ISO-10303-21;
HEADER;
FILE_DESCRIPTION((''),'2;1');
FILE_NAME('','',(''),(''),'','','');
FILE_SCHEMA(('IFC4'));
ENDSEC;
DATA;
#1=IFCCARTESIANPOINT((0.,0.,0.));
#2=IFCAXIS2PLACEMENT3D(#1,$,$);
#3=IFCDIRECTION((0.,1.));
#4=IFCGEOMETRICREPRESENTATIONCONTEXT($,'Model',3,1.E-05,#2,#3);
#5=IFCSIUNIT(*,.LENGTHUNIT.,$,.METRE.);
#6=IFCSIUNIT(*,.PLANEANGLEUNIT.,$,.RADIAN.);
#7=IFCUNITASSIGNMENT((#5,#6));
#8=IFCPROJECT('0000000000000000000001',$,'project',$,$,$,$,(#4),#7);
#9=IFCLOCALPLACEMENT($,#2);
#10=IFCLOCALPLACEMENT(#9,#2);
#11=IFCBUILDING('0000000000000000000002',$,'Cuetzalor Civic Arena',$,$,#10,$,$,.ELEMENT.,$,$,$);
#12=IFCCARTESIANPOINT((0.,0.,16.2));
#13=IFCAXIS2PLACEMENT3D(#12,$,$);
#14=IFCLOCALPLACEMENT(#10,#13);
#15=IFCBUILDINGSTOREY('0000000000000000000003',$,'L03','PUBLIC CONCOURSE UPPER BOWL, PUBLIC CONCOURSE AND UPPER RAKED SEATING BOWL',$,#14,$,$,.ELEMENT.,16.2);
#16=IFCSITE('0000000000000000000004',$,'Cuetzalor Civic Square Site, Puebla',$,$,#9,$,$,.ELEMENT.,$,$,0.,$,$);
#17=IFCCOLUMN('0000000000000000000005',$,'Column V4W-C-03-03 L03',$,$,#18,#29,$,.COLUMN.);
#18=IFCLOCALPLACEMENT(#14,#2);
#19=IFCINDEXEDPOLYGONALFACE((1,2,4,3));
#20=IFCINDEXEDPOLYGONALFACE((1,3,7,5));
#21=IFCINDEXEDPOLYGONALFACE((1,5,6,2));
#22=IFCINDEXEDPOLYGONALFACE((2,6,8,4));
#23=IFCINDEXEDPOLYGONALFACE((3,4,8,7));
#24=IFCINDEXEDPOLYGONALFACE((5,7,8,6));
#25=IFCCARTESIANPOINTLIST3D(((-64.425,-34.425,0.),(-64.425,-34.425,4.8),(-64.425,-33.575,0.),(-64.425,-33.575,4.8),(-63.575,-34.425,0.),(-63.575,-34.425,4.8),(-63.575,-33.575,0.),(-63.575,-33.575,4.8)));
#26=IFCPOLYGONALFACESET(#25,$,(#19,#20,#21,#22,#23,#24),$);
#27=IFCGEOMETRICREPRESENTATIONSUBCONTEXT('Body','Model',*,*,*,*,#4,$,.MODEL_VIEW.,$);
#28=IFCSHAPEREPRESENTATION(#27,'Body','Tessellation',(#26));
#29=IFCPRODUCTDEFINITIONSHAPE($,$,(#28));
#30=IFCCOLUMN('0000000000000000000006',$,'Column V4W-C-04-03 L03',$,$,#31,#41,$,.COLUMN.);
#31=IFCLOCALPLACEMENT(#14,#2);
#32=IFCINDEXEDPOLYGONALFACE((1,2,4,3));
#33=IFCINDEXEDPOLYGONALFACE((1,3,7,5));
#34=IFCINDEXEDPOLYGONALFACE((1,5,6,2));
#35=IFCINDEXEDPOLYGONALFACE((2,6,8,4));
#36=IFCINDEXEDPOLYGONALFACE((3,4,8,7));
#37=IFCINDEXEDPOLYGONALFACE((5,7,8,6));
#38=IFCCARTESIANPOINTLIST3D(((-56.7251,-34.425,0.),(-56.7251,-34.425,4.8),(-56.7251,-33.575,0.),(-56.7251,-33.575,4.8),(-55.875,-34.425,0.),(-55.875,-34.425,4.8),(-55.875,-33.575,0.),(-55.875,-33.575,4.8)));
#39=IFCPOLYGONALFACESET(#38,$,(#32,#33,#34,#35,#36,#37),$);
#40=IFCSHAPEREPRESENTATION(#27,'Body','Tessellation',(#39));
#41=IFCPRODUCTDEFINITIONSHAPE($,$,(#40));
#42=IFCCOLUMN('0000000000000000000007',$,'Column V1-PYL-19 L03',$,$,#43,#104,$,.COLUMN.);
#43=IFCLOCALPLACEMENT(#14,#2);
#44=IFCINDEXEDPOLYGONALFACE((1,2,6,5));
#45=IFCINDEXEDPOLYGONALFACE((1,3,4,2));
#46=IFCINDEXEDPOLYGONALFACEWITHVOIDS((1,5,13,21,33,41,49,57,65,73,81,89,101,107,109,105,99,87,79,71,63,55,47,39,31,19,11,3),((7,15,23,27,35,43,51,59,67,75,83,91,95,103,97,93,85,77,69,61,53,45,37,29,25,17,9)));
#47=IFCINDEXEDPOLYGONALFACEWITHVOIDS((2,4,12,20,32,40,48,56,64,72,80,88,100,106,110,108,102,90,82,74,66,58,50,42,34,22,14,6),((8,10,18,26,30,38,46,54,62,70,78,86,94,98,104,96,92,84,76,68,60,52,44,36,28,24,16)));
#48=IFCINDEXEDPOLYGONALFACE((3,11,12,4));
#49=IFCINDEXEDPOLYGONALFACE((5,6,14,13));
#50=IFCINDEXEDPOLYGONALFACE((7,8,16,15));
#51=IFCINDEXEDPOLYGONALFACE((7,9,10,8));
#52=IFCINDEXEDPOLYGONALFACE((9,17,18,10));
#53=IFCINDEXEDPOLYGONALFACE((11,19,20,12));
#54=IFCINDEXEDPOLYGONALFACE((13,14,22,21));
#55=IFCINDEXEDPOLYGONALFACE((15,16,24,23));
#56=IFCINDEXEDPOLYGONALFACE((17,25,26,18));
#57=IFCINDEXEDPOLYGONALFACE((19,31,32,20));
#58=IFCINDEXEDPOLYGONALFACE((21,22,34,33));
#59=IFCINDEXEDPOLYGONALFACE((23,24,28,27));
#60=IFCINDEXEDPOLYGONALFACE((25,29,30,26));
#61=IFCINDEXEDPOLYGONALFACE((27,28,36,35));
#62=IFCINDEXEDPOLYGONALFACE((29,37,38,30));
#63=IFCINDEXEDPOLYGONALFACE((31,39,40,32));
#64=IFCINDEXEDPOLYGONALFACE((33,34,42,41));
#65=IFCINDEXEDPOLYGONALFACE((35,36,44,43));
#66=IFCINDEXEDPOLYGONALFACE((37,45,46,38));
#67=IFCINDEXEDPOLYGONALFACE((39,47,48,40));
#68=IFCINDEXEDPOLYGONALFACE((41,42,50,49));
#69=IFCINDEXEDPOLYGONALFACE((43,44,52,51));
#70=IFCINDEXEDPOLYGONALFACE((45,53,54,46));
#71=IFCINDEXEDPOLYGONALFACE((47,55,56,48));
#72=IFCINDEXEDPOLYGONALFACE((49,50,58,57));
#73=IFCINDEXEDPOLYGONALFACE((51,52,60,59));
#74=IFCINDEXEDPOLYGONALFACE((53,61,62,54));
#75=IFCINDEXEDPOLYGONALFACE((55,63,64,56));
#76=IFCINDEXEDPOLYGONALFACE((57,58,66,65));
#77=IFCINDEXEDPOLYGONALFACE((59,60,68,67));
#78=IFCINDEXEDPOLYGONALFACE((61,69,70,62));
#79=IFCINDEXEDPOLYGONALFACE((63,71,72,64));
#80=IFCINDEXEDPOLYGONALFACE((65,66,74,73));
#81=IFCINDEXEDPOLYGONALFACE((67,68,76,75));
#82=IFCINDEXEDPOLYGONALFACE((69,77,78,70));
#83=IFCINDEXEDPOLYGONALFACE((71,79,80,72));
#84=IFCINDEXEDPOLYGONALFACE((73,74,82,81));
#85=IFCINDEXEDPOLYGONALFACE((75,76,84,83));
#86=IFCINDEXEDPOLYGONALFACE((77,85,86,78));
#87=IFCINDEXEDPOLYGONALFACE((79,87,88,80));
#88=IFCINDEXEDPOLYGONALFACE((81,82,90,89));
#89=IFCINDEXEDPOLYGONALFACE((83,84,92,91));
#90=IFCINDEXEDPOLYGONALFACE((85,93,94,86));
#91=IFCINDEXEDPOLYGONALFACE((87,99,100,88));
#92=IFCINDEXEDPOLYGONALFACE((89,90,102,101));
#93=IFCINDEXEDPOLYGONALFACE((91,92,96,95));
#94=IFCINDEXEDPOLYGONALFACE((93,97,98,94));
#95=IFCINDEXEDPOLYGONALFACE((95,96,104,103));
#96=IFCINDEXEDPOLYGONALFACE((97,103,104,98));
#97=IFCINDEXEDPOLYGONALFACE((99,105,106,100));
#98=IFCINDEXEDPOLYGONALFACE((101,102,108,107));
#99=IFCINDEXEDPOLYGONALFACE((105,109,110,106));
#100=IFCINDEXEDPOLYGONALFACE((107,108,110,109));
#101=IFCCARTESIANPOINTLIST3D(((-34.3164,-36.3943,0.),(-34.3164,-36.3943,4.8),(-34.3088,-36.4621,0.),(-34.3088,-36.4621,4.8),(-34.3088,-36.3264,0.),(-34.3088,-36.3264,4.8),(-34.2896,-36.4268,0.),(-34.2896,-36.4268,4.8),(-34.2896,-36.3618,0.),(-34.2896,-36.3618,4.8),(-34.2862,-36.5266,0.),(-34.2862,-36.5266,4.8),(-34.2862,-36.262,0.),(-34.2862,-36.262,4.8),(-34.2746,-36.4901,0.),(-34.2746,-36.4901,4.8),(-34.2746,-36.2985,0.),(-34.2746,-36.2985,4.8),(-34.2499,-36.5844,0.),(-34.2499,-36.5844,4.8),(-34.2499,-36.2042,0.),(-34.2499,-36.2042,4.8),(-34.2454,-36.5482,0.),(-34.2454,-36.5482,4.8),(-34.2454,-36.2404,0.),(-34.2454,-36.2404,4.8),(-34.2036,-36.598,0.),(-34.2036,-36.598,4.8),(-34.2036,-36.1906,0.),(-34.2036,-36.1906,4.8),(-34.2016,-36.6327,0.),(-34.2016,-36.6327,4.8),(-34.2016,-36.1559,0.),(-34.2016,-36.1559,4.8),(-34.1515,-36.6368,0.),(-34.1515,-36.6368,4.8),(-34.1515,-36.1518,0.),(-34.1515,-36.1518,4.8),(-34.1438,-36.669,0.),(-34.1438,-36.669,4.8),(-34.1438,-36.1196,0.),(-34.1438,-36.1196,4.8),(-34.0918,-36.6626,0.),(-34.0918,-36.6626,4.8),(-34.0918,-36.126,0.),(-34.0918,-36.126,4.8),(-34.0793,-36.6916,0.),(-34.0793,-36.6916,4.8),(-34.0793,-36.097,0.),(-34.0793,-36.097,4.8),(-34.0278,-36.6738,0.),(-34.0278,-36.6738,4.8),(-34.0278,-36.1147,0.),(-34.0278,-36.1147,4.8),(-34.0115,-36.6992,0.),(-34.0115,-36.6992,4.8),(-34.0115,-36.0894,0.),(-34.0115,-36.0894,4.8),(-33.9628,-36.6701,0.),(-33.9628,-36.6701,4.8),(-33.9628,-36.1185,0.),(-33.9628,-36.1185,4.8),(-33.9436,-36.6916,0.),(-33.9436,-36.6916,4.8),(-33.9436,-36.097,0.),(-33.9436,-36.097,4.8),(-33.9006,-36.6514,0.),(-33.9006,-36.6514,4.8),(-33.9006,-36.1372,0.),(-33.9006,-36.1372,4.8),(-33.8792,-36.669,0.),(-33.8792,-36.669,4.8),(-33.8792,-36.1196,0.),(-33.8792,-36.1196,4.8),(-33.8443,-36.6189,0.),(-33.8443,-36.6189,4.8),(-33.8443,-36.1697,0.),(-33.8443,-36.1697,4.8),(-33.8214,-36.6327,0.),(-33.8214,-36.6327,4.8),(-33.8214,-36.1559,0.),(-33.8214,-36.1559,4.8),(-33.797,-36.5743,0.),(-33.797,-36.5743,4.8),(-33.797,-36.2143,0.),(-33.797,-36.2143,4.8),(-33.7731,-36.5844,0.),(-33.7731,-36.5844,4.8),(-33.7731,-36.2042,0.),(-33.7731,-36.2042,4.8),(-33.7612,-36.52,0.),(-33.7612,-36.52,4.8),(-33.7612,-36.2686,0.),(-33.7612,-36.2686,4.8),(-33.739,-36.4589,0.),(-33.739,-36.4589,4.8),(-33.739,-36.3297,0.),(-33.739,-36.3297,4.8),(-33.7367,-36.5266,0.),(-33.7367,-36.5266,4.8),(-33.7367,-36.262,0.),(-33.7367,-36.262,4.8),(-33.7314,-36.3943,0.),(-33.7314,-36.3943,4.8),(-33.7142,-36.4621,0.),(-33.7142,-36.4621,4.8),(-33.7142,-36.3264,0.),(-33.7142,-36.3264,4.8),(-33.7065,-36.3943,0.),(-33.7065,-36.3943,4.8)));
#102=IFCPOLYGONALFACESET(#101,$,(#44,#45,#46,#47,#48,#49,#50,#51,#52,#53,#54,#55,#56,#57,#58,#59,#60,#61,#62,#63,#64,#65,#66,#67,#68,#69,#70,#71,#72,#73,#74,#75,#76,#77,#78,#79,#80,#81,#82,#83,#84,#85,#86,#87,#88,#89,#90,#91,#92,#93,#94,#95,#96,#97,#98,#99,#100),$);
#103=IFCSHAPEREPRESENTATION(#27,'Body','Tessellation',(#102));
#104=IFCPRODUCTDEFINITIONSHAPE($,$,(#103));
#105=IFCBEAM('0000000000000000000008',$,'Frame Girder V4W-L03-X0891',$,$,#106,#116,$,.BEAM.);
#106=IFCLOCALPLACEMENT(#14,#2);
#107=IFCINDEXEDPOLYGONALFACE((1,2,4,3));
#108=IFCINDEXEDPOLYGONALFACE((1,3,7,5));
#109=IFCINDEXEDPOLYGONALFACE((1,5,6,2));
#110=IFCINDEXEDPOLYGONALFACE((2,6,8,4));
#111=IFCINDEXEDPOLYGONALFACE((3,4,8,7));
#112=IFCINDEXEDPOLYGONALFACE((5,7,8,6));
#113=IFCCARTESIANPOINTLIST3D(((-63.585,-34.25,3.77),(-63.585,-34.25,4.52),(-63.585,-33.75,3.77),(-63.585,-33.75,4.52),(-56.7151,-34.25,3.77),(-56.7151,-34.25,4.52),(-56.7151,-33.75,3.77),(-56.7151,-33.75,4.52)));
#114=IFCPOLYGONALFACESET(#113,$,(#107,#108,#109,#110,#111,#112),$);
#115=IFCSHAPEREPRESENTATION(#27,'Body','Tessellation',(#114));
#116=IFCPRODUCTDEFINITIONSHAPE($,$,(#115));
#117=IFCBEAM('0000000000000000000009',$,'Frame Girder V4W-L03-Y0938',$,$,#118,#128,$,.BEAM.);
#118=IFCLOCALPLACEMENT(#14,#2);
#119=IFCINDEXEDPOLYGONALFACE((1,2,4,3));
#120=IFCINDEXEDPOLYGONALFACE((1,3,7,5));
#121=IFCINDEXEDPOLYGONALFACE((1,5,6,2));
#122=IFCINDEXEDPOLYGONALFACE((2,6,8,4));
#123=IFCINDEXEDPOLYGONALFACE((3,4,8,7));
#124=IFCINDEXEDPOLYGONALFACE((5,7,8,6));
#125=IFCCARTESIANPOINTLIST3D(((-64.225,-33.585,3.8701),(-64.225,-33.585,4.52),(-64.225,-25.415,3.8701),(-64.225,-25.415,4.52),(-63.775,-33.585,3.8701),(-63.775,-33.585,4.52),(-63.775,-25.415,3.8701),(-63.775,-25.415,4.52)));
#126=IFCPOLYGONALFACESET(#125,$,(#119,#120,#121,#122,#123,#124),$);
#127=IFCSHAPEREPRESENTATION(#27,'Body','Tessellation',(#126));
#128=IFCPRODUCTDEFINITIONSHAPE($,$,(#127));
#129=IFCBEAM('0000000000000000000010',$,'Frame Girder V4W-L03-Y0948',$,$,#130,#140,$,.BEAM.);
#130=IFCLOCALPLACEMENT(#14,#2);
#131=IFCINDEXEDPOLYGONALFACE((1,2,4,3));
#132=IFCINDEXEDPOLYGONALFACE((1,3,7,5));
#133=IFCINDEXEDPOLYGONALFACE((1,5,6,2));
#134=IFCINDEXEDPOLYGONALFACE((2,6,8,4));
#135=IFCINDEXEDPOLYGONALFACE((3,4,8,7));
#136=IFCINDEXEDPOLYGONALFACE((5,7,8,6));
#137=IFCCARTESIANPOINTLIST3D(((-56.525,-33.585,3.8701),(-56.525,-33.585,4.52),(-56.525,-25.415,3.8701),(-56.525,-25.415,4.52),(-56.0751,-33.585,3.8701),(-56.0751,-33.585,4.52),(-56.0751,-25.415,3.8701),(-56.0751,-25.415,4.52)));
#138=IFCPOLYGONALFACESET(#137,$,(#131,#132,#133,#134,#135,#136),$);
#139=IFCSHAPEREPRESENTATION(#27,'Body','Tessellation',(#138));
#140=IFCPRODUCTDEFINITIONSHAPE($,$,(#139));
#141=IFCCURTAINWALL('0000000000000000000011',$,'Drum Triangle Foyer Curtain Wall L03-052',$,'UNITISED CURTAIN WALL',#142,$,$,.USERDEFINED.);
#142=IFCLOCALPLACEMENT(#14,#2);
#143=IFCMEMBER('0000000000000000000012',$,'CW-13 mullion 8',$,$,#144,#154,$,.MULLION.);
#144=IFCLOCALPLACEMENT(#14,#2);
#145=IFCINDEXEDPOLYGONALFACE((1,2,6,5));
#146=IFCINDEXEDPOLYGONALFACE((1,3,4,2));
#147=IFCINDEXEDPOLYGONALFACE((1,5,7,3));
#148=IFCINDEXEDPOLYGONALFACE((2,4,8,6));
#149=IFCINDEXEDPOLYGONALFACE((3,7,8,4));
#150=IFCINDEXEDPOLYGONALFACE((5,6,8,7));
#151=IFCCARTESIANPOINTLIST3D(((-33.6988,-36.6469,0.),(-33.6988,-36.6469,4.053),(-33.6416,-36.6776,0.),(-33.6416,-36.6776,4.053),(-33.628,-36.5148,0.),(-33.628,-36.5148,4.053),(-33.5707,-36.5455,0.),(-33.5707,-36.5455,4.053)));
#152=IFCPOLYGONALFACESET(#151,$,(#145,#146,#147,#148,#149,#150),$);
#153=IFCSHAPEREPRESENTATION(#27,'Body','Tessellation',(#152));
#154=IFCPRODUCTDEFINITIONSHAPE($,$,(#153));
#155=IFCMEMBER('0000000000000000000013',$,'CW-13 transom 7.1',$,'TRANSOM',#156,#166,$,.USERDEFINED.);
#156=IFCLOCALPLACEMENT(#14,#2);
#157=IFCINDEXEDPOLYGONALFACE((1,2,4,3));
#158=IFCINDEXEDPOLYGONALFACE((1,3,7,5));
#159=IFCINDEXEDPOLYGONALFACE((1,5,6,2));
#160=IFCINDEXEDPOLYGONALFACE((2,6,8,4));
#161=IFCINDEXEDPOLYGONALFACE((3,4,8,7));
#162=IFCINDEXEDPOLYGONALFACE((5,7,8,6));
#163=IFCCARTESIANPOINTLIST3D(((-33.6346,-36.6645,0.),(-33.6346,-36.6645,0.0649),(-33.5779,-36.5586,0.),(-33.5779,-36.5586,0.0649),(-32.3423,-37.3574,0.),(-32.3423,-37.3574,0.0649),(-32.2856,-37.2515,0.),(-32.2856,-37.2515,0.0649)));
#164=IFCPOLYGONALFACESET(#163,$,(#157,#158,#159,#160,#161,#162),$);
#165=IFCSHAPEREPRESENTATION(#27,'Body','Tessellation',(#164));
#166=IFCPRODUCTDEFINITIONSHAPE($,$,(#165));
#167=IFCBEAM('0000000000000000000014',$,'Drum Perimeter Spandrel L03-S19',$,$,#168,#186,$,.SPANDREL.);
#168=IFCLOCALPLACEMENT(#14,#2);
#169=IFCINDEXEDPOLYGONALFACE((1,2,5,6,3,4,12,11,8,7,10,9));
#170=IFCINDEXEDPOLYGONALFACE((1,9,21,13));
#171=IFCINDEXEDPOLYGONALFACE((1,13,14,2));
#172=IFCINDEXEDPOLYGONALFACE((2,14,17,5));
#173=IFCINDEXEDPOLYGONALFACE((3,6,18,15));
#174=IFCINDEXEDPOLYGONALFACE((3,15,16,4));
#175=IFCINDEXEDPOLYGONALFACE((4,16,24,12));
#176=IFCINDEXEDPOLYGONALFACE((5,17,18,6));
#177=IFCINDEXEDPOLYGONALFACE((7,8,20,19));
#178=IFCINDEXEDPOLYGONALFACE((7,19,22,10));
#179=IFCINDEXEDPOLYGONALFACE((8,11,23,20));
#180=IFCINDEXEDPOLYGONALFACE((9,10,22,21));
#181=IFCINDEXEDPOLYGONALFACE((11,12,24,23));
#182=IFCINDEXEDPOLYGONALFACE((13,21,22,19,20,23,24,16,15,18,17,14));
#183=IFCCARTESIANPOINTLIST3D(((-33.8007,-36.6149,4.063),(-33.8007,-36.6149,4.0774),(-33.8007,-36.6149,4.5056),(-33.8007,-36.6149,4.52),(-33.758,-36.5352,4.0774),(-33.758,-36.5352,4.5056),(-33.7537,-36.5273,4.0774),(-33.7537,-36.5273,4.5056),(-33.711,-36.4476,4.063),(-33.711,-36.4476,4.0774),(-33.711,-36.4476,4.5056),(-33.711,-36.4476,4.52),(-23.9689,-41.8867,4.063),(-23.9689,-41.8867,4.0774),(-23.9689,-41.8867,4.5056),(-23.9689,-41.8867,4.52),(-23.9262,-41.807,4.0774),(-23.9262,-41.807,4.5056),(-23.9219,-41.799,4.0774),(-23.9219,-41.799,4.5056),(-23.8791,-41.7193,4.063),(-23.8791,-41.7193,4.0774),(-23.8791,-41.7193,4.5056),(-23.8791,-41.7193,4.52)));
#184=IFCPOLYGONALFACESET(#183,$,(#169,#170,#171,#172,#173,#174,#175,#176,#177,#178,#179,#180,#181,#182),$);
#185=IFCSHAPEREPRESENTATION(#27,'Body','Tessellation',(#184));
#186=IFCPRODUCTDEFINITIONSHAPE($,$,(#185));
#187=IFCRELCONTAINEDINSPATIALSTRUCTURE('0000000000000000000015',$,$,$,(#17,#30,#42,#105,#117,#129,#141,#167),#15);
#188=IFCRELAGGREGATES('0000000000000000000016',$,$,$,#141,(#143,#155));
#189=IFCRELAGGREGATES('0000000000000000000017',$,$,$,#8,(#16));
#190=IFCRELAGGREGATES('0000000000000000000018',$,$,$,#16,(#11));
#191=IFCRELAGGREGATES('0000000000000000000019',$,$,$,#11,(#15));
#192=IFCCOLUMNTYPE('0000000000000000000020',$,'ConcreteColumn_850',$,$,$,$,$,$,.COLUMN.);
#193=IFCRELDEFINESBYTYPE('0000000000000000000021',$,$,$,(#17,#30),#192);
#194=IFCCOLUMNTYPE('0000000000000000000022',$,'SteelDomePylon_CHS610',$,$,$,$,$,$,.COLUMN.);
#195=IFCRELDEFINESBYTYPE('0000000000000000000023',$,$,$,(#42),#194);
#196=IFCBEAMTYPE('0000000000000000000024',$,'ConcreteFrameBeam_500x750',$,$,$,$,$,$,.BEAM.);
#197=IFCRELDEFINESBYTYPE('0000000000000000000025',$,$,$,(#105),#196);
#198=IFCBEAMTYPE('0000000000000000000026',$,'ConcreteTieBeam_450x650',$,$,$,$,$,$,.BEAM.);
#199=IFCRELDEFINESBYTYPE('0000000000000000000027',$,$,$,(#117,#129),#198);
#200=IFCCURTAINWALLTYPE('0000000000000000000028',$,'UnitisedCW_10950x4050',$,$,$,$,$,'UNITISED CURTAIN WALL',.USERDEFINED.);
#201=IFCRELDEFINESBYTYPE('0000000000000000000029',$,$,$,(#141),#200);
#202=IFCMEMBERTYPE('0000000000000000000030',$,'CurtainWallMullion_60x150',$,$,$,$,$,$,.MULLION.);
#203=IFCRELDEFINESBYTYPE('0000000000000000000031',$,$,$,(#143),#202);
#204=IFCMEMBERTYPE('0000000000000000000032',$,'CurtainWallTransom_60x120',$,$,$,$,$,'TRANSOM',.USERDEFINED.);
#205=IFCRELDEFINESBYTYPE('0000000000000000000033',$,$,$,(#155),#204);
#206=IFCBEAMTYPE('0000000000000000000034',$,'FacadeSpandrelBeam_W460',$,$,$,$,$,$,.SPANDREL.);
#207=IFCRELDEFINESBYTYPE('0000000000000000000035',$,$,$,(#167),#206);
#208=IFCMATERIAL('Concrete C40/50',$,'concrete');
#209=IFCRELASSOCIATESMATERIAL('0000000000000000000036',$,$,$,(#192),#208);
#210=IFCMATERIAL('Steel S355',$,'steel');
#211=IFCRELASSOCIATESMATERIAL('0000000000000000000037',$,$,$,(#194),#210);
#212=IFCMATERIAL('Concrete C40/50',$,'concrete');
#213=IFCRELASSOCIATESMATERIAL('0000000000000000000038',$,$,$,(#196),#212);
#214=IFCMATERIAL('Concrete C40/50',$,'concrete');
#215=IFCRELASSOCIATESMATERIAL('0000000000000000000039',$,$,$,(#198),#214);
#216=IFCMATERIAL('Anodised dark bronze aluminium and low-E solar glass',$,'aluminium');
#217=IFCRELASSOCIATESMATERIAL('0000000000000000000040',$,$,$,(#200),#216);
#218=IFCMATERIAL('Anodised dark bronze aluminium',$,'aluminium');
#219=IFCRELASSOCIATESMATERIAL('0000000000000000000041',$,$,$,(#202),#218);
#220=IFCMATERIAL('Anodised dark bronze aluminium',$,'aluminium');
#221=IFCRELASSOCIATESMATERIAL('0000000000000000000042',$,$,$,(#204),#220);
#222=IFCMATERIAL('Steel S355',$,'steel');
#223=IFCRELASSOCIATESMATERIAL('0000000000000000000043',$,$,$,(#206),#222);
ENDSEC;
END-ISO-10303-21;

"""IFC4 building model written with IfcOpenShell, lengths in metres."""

from ifc_helpers import new_model, si_unit, direction, frame, origin, origin_2d, place, context, subcontext, project, spatial, rectangle, hollow_circle, i_section, extrude, material, material_profile, profile_set, type_object, element, aggregate, save


model = new_model("IFC4")

# Units and contexts
model_context = context("Model", 3, precision=1e-05, world=origin(), true_north=direction((0.0, 1.0)))
body_context = subcontext(model_context, "Body", "Model", "MODEL_VIEW")
ifc_project = project(units=[si_unit("LENGTHUNIT", "METRE"), si_unit("PLANEANGLEUNIT", "RADIAN")], contexts=[model_context])

# Site, building, storey
site_placement = place(None, origin())
site = spatial("IfcSite", under=ifc_project, at=site_placement, Name="Cuetzalor Civic Square Site, Puebla", CompositionType="ELEMENT", RefElevation=0.0)
building_placement = place(site_placement, origin())
building = spatial("IfcBuilding", under=site, at=building_placement, Name="Cuetzalor Civic Arena", CompositionType="ELEMENT")
storey_placement = place(building_placement, frame((0.0, 0.0, 16.2)))
storey = spatial("IfcBuildingStorey", under=building, at=storey_placement, Name="L03", Description="PUBLIC CONCOURSE UPPER BOWL, PUBLIC CONCOURSE AND UPPER RAKED SEATING BOWL", CompositionType="ELEMENT", Elevation=16.2)

# Columns
ifc_material_1 = material(Name="Concrete C40/50", Category="concrete")
ifc_material_profile_1 = material_profile(ifc_material_1, rectangle(XDim=0.8501, YDim=0.8501, at=origin_2d()), Name="RC 850x850")
ifc_profile_set_1 = profile_set([ifc_material_profile_1], Name="Concrete C40/50")
column_type_1 = type_object("IfcColumnType", Name="ConcreteColumn_850", PredefinedType="COLUMN", material=ifc_profile_set_1)
for number, where, z_axis, x_axis, name in (
    (1, (-64.0, -34.0, 0.0), (0.0, 0.0, 1.0), (1.0, 0.0, 0.0), "Column V4W-C-03-03 L03"),
    (2, (-56.3, -34.0, 0.0), (0.0, 0.0, 1.0), (1.0, 0.0, 0.0), "Column V4W-C-04-03 L03"),
):
    element("IfcColumn", number, at=place(storey_placement, frame(where, z_axis=z_axis, x_axis=x_axis)), inside=storey, type_object=column_type_1, Name=name, PredefinedType="COLUMN", context=body_context, shape_type="SweptSolid", body=[
        extrude(rectangle(XDim=0.8501, YDim=0.8501, at=origin_2d()), origin(), (0.0, 0.0, 1.0), 4.8),
    ])
ifc_material_2 = material(Name="Steel S355", Category="steel")
ifc_material_profile_2 = material_profile(ifc_material_2, hollow_circle(Radius=0.3049, WallThickness=0.0249, at=origin_2d()), Name="CHS 610x25")
ifc_profile_set_2 = profile_set([ifc_material_profile_2], Name="Steel S355")
column_type_2 = type_object("IfcColumnType", Name="SteelDomePylon_CHS610", PredefinedType="COLUMN", material=ifc_profile_set_2)
column_placement = place(storey_placement, frame((-34.0115, -36.3943, 0.0), z_axis=(0.0, 0.0, 1.0), x_axis=(1.0, 0.0, 0.0)))
element("IfcColumn", 3, at=column_placement, inside=storey, type_object=column_type_2, Name="Column V1-PYL-19 L03", PredefinedType="COLUMN", context=body_context, shape_type="SweptSolid", body=[
    extrude(hollow_circle(Radius=0.3049, WallThickness=0.0249, at=origin_2d()), origin(), (0.0, 0.0, 1.0), 4.8),
])

# Beams
ifc_material_3 = material(Name="Concrete C40/50", Category="concrete")
ifc_material_profile_3 = material_profile(ifc_material_3, rectangle(XDim=0.5, YDim=0.75, at=origin_2d()), Name="RC 500x750")
ifc_profile_set_3 = profile_set([ifc_material_profile_3], Name="Concrete C40/50")
beam_type_1 = type_object("IfcBeamType", Name="ConcreteFrameBeam_500x750", PredefinedType="BEAM", material=ifc_profile_set_3)
beam_1_placement = place(storey_placement, frame((-63.585, -34.0, 4.145), z_axis=(1.0, 0.0, 0.0), x_axis=(0.0, 1.0, 0.0)))
element("IfcBeam", 4, at=beam_1_placement, inside=storey, type_object=beam_type_1, Name="Frame Girder V4W-L03-X0891", PredefinedType="BEAM", context=body_context, shape_type="SweptSolid", body=[
    extrude(rectangle(XDim=0.5, YDim=0.75, at=origin_2d()), origin(), (0.0, 0.0, 1.0), 6.8699),
])
ifc_material_4 = material(Name="Concrete C40/50", Category="concrete")
ifc_material_profile_4 = material_profile(ifc_material_4, rectangle(XDim=0.45, YDim=0.6499, at=origin_2d()), Name="RC 450x650")
ifc_profile_set_4 = profile_set([ifc_material_profile_4], Name="Concrete C40/50")
beam_type_2 = type_object("IfcBeamType", Name="ConcreteTieBeam_450x650", PredefinedType="BEAM", material=ifc_profile_set_4)
for number, where, z_axis, x_axis, name in (
    (5, (-64.0, -33.585, 4.1951), (0.0, 1.0, 0.0), (-1.0, 0.0, 0.0), "Frame Girder V4W-L03-Y0938"),
    (6, (-56.3, -33.585, 4.1951), (0.0, 1.0, 0.0), (-1.0, 0.0, 0.0), "Frame Girder V4W-L03-Y0948"),
):
    element("IfcBeam", number, at=place(storey_placement, frame(where, z_axis=z_axis, x_axis=x_axis)), inside=storey, type_object=beam_type_2, Name=name, PredefinedType="BEAM", context=body_context, shape_type="SweptSolid", body=[
        extrude(rectangle(XDim=0.45, YDim=0.6499, at=origin_2d()), origin(), (0.0, 0.0, 1.0), 8.1699),
    ])

# Curtain wall, members
ifc_material_5 = material(Name="Anodised dark bronze aluminium and low-E solar glass", Category="aluminium")
curtain_wall_type_1 = type_object("IfcCurtainWallType", Name="UnitisedCW_10950x4050", ElementType="UNITISED CURTAIN WALL", PredefinedType="USERDEFINED", material=ifc_material_5)
curtain_wall_1_placement = place(storey_placement, origin())
curtain_wall_1 = element("IfcCurtainWall", 7, at=curtain_wall_1_placement, inside=storey, type_object=curtain_wall_type_1, Name="Drum Triangle Foyer Curtain Wall L03-052", ObjectType="UNITISED CURTAIN WALL", PredefinedType="USERDEFINED")
ifc_material_6 = material(Name="Anodised dark bronze aluminium", Category="aluminium")
ifc_material_profile_5 = material_profile(ifc_material_6, rectangle(XDim=0.0649, YDim=0.1499, at=origin_2d()), Name="ALU MULLION 65x150")
ifc_profile_set_5 = profile_set([ifc_material_profile_5], Name="Anodised dark bronze aluminium")
member_type_1 = type_object("IfcMemberType", Name="CurtainWallMullion_60x150", PredefinedType="MULLION", material=ifc_profile_set_5)
member_1_placement = place(storey_placement, frame((-33.6348, -36.5962, 0.0), z_axis=(0.0, 0.0, 1.0), x_axis=(-0.881306, 0.472545, 0.0)))
member_1 = element("IfcMember", 8, at=member_1_placement, type_object=member_type_1, Name="CW-13 mullion 8", PredefinedType="MULLION", context=body_context, shape_type="SweptSolid", body=[
    extrude(rectangle(XDim=0.0649, YDim=0.1499, at=origin_2d()), origin(), (0.0, 0.0, 1.0), 4.053),
])
ifc_material_7 = material(Name="Anodised dark bronze aluminium", Category="aluminium")
ifc_material_profile_6 = material_profile(ifc_material_7, rectangle(XDim=0.1201, YDim=0.0649, at=origin_2d()), Name="ALU TRANSOM 65x120")
ifc_profile_set_6 = profile_set([ifc_material_profile_6], Name="Anodised dark bronze aluminium")
member_type_2 = type_object("IfcMemberType", Name="CurtainWallTransom_60x120", ElementType="TRANSOM", PredefinedType="USERDEFINED", material=ifc_profile_set_6)
member_2_placement = place(storey_placement, frame((-32.314, -37.3044, 0.0325), z_axis=(-0.881309, 0.47254, 0.0), x_axis=(-0.47254, -0.881309, 0.0)))
member_2 = element("IfcMember", 9, at=member_2_placement, type_object=member_type_2, Name="CW-13 transom 7.1", ObjectType="TRANSOM", PredefinedType="USERDEFINED", context=body_context, shape_type="SweptSolid", body=[
    extrude(rectangle(XDim=0.1201, YDim=0.0649, at=origin_2d()), origin(), (0.0, 0.0, 1.0), 1.4663),
])

# Beam
ifc_material_8 = material(Name="Steel S355", Category="steel")
ifc_material_profile_7 = material_profile(ifc_material_8, i_section(OverallWidth=0.1899, OverallDepth=0.457, WebThickness=0.009, FlangeThickness=0.0144, at=origin_2d()), Name="W460x74")
ifc_profile_set_7 = profile_set([ifc_material_profile_7], Name="Steel S355")
beam_type_3 = type_object("IfcBeamType", Name="FacadeSpandrelBeam_W460", PredefinedType="SPANDREL", material=ifc_profile_set_7)
beam_2_placement = place(storey_placement, frame((-33.7559, -36.5312, 4.2915), z_axis=(0.881305, -0.472549, 0.0), x_axis=(0.472549, 0.881305, 0.0)))
element("IfcBeam", 10, at=beam_2_placement, inside=storey, type_object=beam_type_3, Name="Drum Perimeter Spandrel L03-S19", PredefinedType="SPANDREL", context=body_context, shape_type="SweptSolid", body=[
    extrude(i_section(OverallWidth=0.1899, OverallDepth=0.457, WebThickness=0.009, FlangeThickness=0.0144, at=origin_2d()), origin(), (0.0, 0.0, 1.0), 11.156),
])

aggregate(curtain_wall_1, [member_1, member_2])

save(model, "model.ifc")
